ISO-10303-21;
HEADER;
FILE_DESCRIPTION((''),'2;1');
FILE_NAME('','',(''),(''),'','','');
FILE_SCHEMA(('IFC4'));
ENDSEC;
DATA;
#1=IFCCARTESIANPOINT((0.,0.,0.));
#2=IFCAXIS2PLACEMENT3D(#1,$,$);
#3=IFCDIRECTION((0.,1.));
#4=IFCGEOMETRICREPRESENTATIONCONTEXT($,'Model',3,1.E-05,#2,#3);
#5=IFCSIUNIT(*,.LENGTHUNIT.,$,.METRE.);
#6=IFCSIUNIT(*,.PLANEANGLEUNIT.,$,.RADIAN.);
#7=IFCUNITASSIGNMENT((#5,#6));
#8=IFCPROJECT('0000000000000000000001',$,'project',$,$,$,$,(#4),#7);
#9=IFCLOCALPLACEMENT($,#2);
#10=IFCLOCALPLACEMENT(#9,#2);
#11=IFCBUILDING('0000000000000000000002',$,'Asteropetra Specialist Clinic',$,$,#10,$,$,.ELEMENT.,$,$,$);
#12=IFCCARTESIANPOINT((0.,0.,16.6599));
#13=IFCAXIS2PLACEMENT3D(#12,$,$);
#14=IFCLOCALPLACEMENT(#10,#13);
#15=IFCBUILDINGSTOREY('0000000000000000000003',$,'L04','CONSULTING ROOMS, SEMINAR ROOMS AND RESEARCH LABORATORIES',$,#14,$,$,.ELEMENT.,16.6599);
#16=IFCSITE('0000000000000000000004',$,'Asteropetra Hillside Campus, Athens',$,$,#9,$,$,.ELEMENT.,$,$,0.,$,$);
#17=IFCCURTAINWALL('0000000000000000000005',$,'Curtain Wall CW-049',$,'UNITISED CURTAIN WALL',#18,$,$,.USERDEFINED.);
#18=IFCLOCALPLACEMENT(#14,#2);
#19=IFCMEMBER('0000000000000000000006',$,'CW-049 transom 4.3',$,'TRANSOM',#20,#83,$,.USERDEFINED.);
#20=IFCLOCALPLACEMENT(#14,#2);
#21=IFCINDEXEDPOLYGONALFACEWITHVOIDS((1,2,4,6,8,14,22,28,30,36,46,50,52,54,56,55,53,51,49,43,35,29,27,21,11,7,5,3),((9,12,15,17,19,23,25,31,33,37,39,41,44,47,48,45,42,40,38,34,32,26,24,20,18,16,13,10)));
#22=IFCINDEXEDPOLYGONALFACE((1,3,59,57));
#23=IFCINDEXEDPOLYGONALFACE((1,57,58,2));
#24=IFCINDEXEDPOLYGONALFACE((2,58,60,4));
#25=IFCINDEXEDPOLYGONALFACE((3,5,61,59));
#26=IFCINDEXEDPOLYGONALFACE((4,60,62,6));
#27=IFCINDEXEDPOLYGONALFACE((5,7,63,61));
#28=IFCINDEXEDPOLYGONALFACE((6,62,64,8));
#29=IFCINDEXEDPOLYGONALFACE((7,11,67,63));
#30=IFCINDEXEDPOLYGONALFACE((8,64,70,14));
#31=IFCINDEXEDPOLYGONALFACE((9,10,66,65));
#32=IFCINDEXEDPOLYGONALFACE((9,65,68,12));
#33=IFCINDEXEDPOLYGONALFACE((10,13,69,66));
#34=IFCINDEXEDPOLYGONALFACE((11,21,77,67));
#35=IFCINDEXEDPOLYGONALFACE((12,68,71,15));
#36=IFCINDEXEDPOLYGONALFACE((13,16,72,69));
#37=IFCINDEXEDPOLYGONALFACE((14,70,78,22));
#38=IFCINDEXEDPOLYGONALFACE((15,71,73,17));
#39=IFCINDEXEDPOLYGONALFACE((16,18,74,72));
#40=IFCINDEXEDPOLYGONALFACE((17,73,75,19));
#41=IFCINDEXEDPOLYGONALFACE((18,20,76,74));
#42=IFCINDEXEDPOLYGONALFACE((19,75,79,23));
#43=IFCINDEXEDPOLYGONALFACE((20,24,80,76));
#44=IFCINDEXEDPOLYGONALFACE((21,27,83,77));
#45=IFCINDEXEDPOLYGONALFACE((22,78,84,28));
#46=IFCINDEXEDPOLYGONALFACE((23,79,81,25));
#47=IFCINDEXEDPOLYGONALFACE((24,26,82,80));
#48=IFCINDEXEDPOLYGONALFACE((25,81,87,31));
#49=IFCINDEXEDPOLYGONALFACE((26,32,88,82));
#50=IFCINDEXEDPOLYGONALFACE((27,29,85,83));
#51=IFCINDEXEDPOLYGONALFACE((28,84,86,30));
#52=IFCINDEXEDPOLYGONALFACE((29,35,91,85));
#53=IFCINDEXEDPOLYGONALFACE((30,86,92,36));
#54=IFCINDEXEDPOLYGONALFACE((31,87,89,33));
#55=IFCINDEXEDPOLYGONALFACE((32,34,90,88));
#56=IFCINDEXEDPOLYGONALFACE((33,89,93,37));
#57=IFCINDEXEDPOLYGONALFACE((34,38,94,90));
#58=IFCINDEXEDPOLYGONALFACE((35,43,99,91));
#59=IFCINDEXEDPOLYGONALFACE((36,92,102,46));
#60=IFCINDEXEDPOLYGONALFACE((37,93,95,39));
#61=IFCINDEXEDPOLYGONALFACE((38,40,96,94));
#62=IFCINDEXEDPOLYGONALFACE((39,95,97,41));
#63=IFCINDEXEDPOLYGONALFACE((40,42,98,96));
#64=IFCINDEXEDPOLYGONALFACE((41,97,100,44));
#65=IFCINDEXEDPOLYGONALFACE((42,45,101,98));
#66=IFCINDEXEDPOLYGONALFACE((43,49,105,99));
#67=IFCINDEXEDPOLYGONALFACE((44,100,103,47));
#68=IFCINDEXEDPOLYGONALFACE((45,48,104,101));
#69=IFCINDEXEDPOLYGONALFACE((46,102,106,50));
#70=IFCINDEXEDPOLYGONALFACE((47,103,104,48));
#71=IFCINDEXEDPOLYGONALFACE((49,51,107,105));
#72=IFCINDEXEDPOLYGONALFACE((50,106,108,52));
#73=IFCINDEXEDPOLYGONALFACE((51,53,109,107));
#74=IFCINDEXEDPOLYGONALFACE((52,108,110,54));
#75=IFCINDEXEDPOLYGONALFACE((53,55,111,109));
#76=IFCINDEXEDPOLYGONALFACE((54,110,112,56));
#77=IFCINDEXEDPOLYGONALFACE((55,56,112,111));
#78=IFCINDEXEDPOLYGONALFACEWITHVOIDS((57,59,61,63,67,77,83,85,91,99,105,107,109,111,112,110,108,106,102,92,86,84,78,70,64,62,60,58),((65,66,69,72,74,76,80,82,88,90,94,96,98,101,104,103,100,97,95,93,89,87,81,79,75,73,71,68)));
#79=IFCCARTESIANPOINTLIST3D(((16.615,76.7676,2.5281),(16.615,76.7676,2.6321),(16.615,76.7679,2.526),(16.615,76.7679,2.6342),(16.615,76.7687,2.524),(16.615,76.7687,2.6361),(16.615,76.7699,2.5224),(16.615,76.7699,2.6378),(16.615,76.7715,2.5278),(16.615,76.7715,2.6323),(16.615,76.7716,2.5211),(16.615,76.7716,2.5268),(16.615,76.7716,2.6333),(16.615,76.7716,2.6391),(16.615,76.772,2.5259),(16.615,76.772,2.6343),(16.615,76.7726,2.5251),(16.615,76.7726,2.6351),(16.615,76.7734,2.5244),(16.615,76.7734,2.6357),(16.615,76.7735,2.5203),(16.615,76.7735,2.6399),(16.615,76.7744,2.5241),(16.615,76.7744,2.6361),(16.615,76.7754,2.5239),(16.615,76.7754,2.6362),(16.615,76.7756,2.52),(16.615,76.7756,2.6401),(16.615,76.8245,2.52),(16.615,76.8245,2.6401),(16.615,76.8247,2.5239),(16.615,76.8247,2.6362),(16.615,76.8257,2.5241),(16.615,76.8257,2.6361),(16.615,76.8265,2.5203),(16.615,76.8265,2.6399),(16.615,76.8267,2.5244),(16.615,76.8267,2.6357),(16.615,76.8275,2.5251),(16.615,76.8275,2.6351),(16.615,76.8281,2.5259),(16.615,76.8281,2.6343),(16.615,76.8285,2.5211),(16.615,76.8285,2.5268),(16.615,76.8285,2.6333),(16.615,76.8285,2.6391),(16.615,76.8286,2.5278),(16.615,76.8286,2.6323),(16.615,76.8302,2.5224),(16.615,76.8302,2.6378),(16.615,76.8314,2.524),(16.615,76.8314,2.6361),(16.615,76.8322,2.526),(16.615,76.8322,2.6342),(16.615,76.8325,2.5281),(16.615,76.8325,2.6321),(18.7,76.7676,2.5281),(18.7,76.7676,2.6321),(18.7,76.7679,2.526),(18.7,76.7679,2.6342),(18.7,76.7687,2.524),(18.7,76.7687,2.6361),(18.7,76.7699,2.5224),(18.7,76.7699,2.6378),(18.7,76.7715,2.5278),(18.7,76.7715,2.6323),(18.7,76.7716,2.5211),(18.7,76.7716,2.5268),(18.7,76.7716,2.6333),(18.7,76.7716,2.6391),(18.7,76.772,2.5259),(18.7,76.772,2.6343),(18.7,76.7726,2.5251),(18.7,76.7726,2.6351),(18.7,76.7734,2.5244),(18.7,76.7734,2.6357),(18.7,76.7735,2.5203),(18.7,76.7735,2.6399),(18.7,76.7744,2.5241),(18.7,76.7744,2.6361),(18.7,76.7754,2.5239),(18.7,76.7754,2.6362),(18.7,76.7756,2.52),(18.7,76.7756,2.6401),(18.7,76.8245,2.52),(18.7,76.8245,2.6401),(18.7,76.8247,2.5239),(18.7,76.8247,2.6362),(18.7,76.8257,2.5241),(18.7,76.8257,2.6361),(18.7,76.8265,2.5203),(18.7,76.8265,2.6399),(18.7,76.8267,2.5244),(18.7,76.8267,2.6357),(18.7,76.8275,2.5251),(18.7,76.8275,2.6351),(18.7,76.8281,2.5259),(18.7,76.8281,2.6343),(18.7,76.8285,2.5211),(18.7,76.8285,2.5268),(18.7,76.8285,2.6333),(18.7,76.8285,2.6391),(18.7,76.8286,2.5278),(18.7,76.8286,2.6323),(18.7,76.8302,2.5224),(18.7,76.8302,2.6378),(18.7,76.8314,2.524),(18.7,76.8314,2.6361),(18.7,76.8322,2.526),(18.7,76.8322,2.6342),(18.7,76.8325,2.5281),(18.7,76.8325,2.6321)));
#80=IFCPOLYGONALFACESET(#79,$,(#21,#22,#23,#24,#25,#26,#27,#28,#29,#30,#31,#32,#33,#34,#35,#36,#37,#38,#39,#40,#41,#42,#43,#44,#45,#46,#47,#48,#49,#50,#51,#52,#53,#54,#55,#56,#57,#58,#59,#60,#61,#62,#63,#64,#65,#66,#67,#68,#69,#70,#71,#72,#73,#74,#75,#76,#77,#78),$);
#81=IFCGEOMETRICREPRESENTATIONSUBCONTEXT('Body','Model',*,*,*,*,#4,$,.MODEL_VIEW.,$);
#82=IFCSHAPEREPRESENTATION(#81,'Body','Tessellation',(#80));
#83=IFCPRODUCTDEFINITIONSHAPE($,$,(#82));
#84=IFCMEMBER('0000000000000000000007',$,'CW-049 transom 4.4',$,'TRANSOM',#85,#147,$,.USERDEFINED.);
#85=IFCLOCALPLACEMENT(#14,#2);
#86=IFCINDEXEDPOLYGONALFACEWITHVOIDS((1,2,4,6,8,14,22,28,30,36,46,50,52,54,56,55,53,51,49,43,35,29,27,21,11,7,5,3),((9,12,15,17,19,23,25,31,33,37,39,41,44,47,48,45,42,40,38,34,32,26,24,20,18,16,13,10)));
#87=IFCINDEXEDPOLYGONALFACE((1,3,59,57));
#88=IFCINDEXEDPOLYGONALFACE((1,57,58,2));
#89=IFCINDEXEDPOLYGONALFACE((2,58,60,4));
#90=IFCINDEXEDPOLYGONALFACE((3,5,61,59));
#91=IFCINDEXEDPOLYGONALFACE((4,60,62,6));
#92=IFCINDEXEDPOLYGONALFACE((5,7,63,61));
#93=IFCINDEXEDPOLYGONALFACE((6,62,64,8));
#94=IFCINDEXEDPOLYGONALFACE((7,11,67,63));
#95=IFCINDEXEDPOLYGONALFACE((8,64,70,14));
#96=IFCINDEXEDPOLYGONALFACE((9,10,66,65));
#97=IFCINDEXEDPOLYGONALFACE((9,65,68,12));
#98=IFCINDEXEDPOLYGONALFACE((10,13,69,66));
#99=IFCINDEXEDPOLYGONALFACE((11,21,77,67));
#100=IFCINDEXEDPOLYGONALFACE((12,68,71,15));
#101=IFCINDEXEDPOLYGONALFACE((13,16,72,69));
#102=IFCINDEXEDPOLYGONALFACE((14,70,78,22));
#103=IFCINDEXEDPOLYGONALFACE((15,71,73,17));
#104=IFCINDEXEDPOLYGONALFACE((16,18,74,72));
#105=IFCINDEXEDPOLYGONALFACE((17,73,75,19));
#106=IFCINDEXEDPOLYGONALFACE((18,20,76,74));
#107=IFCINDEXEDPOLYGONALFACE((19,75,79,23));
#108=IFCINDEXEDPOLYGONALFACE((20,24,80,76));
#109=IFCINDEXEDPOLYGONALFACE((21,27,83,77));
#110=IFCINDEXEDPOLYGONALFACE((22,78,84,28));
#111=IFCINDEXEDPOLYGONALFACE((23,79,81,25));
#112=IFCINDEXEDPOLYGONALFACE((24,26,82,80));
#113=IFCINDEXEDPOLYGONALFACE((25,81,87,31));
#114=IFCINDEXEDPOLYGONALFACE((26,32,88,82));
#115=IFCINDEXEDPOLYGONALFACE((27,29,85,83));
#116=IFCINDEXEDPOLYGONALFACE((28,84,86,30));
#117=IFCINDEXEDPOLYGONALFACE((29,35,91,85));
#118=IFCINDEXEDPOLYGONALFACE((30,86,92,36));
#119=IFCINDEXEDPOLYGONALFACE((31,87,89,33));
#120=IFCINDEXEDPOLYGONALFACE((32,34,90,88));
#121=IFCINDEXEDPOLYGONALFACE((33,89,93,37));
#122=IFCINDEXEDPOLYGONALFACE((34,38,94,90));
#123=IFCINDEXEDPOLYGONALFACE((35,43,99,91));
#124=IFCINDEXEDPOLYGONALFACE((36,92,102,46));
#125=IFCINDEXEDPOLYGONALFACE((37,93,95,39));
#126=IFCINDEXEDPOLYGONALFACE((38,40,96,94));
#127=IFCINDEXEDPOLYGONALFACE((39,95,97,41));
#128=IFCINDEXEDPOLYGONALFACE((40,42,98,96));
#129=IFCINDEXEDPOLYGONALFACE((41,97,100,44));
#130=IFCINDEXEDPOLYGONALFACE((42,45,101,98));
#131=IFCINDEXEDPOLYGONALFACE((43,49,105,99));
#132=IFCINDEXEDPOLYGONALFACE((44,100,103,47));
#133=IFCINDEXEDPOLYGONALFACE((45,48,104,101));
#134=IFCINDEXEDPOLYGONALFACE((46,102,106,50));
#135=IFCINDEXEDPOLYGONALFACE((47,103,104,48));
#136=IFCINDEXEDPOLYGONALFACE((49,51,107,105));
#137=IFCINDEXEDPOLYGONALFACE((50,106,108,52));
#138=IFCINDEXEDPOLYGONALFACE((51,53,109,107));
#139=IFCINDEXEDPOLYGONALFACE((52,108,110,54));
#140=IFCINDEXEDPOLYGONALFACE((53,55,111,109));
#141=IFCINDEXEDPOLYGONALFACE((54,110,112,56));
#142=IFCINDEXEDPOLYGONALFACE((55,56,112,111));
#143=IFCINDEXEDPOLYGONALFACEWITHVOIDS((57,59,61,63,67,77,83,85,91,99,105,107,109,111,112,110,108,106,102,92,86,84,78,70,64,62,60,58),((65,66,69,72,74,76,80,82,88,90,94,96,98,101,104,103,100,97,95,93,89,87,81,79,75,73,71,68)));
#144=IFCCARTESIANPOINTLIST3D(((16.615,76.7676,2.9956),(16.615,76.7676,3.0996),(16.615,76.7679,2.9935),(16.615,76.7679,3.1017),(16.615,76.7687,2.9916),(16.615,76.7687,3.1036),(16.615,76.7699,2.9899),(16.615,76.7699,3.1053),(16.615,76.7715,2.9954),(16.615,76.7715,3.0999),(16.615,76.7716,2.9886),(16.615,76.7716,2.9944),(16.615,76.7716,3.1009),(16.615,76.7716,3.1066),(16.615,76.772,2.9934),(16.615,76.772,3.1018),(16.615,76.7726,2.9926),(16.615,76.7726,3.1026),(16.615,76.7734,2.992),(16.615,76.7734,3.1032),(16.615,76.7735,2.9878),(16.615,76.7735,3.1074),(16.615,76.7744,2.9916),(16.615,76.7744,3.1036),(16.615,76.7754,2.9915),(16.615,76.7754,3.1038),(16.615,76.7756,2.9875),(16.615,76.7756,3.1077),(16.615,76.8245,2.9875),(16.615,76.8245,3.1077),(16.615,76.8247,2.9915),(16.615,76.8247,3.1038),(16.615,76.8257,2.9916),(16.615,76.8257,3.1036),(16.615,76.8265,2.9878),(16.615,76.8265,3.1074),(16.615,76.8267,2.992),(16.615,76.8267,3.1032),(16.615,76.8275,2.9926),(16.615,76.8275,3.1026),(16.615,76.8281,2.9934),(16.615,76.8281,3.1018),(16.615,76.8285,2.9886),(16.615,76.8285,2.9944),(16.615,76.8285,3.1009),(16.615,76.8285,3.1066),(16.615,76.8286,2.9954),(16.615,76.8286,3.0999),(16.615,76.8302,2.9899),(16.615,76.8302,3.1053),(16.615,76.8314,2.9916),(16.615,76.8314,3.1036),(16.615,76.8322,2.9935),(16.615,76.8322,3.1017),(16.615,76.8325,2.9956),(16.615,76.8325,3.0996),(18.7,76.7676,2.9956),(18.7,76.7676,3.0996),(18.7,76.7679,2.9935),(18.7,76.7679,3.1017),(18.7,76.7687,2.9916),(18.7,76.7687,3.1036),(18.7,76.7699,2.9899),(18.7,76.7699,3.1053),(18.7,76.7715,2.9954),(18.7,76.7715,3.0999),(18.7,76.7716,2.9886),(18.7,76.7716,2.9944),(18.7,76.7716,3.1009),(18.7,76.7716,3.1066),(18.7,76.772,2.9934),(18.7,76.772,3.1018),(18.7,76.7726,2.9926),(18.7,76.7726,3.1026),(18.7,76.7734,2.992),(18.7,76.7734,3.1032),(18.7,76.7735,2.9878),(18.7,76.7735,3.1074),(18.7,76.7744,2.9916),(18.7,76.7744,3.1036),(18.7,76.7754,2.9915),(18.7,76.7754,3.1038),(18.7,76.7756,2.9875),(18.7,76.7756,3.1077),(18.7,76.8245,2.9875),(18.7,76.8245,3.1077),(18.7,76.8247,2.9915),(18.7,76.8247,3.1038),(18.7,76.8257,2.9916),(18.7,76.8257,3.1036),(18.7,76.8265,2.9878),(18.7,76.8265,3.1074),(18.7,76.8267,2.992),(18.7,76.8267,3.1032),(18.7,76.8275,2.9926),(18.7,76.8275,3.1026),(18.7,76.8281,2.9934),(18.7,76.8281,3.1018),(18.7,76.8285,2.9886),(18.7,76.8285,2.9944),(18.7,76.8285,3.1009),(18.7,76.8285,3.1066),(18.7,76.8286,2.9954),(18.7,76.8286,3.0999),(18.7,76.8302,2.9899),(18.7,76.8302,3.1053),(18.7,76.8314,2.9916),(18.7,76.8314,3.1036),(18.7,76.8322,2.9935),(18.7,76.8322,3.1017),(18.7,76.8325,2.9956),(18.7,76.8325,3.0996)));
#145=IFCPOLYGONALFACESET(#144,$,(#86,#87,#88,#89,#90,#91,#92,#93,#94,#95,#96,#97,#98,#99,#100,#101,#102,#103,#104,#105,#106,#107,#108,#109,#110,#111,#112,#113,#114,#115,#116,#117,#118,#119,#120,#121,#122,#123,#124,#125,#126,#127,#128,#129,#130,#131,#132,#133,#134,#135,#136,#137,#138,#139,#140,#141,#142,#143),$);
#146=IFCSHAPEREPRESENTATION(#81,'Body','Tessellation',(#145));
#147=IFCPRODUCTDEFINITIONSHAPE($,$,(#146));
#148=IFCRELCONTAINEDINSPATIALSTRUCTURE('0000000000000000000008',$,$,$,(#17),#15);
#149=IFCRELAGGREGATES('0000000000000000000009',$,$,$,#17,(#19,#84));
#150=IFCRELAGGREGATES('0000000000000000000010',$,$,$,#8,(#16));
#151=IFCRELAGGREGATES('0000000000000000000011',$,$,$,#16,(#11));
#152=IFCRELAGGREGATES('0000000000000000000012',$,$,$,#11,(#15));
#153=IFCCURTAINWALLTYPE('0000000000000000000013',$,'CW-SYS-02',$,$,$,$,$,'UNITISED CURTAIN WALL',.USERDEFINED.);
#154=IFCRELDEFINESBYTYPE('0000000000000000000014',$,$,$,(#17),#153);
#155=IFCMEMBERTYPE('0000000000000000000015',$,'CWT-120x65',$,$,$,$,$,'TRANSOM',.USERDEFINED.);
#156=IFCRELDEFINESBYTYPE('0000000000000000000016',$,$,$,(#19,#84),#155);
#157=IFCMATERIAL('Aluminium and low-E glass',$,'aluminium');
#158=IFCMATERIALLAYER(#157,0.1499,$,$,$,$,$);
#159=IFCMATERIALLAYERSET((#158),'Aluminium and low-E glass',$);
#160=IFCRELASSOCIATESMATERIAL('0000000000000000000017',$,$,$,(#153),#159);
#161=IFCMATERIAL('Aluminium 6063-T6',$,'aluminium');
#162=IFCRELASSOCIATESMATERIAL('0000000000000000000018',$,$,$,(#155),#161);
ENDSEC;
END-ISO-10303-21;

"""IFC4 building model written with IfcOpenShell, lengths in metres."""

from ifc_helpers import new_model, si_unit, direction, frame, origin, origin_2d, place, context, subcontext, project, spatial, hollow_rectangle, extrude, material, layer, layer_set, material_profile, profile_set, type_object, element, aggregate, save


model = new_model("IFC4")

# Units and contexts
model_context = context("Model", 3, precision=1e-05, world=origin(), true_north=direction((0.0, 1.0)))
body_context = subcontext(model_context, "Body", "Model", "MODEL_VIEW")
ifc_project = project(units=[si_unit("LENGTHUNIT", "METRE"), si_unit("PLANEANGLEUNIT", "RADIAN")], contexts=[model_context])

# Site, building, storey
site_placement = place(None, origin())
site = spatial("IfcSite", under=ifc_project, at=site_placement, Name="Asteropetra Hillside Campus, Athens", CompositionType="ELEMENT", RefElevation=0.0)
building_placement = place(site_placement, origin())
building = spatial("IfcBuilding", under=site, at=building_placement, Name="Asteropetra Specialist Clinic", CompositionType="ELEMENT")
storey_placement = place(building_placement, frame((0.0, 0.0, 16.6599)))
storey = spatial("IfcBuildingStorey", under=building, at=storey_placement, Name="L04", Description="CONSULTING ROOMS, SEMINAR ROOMS AND RESEARCH LABORATORIES", CompositionType="ELEMENT", Elevation=16.6599)

# Curtain wall
ifc_material_1 = material(Name="Aluminium and low-E glass", Category="aluminium")
ifc_layer_1 = layer(ifc_material_1, 0.1499)
ifc_layer_set_1 = layer_set([ifc_layer_1], Name="Aluminium and low-E glass")
curtain_wall_type_1 = type_object("IfcCurtainWallType", Name="CW-SYS-02", ElementType="UNITISED CURTAIN WALL", PredefinedType="USERDEFINED", material=ifc_layer_set_1)
curtain_wall_1_placement = place(storey_placement, origin())
curtain_wall_1 = element("IfcCurtainWall", 1, at=curtain_wall_1_placement, inside=storey, type_object=curtain_wall_type_1, Name="Curtain Wall CW-049", ObjectType="UNITISED CURTAIN WALL", PredefinedType="USERDEFINED")

# Members
ifc_material_2 = material(Name="Aluminium 6063-T6", Category="aluminium")
ifc_material_profile_1 = material_profile(ifc_material_2, hollow_rectangle(XDim=0.0649, YDim=0.1201, WallThickness=0.0039, InnerFilletRadius=0.0039, OuterFilletRadius=0.0081, at=origin_2d()), Name="TRN 120x65x4.0")
ifc_profile_set_1 = profile_set([ifc_material_profile_1], Name="Aluminium 6063-T6")
member_type_1 = type_object("IfcMemberType", Name="CWT-120x65", ElementType="TRANSOM", PredefinedType="USERDEFINED", material=ifc_profile_set_1)
member_1_placement = place(storey_placement, frame((16.615, 76.8, 2.5801), z_axis=(1.0, 0.0, 0.0), x_axis=(0.0, 1.0, 0.0)))
member_1 = element("IfcMember", 2, at=member_1_placement, type_object=member_type_1, Name="CW-049 transom 4.3", ObjectType="TRANSOM", PredefinedType="USERDEFINED", context=body_context, shape_type="SweptSolid", body=[
    extrude(hollow_rectangle(XDim=0.0649, YDim=0.1201, WallThickness=0.0039, InnerFilletRadius=0.0039, OuterFilletRadius=0.0081, at=origin_2d()), origin(), (0.0, 0.0, 1.0), 2.085),
])
member_2_placement = place(storey_placement, frame((16.615, 76.8, 3.0476), z_axis=(1.0, 0.0, 0.0), x_axis=(0.0, 1.0, 0.0)))
member_2 = element("IfcMember", 3, at=member_2_placement, type_object=member_type_1, Name="CW-049 transom 4.4", ObjectType="TRANSOM", PredefinedType="USERDEFINED", context=body_context, shape_type="SweptSolid", body=[
    extrude(hollow_rectangle(XDim=0.0649, YDim=0.1201, WallThickness=0.0039, InnerFilletRadius=0.0039, OuterFilletRadius=0.0081, at=origin_2d()), origin(), (0.0, 0.0, 1.0), 2.085),
])

aggregate(curtain_wall_1, [member_1, member_2])

save(model, "model.ifc")
